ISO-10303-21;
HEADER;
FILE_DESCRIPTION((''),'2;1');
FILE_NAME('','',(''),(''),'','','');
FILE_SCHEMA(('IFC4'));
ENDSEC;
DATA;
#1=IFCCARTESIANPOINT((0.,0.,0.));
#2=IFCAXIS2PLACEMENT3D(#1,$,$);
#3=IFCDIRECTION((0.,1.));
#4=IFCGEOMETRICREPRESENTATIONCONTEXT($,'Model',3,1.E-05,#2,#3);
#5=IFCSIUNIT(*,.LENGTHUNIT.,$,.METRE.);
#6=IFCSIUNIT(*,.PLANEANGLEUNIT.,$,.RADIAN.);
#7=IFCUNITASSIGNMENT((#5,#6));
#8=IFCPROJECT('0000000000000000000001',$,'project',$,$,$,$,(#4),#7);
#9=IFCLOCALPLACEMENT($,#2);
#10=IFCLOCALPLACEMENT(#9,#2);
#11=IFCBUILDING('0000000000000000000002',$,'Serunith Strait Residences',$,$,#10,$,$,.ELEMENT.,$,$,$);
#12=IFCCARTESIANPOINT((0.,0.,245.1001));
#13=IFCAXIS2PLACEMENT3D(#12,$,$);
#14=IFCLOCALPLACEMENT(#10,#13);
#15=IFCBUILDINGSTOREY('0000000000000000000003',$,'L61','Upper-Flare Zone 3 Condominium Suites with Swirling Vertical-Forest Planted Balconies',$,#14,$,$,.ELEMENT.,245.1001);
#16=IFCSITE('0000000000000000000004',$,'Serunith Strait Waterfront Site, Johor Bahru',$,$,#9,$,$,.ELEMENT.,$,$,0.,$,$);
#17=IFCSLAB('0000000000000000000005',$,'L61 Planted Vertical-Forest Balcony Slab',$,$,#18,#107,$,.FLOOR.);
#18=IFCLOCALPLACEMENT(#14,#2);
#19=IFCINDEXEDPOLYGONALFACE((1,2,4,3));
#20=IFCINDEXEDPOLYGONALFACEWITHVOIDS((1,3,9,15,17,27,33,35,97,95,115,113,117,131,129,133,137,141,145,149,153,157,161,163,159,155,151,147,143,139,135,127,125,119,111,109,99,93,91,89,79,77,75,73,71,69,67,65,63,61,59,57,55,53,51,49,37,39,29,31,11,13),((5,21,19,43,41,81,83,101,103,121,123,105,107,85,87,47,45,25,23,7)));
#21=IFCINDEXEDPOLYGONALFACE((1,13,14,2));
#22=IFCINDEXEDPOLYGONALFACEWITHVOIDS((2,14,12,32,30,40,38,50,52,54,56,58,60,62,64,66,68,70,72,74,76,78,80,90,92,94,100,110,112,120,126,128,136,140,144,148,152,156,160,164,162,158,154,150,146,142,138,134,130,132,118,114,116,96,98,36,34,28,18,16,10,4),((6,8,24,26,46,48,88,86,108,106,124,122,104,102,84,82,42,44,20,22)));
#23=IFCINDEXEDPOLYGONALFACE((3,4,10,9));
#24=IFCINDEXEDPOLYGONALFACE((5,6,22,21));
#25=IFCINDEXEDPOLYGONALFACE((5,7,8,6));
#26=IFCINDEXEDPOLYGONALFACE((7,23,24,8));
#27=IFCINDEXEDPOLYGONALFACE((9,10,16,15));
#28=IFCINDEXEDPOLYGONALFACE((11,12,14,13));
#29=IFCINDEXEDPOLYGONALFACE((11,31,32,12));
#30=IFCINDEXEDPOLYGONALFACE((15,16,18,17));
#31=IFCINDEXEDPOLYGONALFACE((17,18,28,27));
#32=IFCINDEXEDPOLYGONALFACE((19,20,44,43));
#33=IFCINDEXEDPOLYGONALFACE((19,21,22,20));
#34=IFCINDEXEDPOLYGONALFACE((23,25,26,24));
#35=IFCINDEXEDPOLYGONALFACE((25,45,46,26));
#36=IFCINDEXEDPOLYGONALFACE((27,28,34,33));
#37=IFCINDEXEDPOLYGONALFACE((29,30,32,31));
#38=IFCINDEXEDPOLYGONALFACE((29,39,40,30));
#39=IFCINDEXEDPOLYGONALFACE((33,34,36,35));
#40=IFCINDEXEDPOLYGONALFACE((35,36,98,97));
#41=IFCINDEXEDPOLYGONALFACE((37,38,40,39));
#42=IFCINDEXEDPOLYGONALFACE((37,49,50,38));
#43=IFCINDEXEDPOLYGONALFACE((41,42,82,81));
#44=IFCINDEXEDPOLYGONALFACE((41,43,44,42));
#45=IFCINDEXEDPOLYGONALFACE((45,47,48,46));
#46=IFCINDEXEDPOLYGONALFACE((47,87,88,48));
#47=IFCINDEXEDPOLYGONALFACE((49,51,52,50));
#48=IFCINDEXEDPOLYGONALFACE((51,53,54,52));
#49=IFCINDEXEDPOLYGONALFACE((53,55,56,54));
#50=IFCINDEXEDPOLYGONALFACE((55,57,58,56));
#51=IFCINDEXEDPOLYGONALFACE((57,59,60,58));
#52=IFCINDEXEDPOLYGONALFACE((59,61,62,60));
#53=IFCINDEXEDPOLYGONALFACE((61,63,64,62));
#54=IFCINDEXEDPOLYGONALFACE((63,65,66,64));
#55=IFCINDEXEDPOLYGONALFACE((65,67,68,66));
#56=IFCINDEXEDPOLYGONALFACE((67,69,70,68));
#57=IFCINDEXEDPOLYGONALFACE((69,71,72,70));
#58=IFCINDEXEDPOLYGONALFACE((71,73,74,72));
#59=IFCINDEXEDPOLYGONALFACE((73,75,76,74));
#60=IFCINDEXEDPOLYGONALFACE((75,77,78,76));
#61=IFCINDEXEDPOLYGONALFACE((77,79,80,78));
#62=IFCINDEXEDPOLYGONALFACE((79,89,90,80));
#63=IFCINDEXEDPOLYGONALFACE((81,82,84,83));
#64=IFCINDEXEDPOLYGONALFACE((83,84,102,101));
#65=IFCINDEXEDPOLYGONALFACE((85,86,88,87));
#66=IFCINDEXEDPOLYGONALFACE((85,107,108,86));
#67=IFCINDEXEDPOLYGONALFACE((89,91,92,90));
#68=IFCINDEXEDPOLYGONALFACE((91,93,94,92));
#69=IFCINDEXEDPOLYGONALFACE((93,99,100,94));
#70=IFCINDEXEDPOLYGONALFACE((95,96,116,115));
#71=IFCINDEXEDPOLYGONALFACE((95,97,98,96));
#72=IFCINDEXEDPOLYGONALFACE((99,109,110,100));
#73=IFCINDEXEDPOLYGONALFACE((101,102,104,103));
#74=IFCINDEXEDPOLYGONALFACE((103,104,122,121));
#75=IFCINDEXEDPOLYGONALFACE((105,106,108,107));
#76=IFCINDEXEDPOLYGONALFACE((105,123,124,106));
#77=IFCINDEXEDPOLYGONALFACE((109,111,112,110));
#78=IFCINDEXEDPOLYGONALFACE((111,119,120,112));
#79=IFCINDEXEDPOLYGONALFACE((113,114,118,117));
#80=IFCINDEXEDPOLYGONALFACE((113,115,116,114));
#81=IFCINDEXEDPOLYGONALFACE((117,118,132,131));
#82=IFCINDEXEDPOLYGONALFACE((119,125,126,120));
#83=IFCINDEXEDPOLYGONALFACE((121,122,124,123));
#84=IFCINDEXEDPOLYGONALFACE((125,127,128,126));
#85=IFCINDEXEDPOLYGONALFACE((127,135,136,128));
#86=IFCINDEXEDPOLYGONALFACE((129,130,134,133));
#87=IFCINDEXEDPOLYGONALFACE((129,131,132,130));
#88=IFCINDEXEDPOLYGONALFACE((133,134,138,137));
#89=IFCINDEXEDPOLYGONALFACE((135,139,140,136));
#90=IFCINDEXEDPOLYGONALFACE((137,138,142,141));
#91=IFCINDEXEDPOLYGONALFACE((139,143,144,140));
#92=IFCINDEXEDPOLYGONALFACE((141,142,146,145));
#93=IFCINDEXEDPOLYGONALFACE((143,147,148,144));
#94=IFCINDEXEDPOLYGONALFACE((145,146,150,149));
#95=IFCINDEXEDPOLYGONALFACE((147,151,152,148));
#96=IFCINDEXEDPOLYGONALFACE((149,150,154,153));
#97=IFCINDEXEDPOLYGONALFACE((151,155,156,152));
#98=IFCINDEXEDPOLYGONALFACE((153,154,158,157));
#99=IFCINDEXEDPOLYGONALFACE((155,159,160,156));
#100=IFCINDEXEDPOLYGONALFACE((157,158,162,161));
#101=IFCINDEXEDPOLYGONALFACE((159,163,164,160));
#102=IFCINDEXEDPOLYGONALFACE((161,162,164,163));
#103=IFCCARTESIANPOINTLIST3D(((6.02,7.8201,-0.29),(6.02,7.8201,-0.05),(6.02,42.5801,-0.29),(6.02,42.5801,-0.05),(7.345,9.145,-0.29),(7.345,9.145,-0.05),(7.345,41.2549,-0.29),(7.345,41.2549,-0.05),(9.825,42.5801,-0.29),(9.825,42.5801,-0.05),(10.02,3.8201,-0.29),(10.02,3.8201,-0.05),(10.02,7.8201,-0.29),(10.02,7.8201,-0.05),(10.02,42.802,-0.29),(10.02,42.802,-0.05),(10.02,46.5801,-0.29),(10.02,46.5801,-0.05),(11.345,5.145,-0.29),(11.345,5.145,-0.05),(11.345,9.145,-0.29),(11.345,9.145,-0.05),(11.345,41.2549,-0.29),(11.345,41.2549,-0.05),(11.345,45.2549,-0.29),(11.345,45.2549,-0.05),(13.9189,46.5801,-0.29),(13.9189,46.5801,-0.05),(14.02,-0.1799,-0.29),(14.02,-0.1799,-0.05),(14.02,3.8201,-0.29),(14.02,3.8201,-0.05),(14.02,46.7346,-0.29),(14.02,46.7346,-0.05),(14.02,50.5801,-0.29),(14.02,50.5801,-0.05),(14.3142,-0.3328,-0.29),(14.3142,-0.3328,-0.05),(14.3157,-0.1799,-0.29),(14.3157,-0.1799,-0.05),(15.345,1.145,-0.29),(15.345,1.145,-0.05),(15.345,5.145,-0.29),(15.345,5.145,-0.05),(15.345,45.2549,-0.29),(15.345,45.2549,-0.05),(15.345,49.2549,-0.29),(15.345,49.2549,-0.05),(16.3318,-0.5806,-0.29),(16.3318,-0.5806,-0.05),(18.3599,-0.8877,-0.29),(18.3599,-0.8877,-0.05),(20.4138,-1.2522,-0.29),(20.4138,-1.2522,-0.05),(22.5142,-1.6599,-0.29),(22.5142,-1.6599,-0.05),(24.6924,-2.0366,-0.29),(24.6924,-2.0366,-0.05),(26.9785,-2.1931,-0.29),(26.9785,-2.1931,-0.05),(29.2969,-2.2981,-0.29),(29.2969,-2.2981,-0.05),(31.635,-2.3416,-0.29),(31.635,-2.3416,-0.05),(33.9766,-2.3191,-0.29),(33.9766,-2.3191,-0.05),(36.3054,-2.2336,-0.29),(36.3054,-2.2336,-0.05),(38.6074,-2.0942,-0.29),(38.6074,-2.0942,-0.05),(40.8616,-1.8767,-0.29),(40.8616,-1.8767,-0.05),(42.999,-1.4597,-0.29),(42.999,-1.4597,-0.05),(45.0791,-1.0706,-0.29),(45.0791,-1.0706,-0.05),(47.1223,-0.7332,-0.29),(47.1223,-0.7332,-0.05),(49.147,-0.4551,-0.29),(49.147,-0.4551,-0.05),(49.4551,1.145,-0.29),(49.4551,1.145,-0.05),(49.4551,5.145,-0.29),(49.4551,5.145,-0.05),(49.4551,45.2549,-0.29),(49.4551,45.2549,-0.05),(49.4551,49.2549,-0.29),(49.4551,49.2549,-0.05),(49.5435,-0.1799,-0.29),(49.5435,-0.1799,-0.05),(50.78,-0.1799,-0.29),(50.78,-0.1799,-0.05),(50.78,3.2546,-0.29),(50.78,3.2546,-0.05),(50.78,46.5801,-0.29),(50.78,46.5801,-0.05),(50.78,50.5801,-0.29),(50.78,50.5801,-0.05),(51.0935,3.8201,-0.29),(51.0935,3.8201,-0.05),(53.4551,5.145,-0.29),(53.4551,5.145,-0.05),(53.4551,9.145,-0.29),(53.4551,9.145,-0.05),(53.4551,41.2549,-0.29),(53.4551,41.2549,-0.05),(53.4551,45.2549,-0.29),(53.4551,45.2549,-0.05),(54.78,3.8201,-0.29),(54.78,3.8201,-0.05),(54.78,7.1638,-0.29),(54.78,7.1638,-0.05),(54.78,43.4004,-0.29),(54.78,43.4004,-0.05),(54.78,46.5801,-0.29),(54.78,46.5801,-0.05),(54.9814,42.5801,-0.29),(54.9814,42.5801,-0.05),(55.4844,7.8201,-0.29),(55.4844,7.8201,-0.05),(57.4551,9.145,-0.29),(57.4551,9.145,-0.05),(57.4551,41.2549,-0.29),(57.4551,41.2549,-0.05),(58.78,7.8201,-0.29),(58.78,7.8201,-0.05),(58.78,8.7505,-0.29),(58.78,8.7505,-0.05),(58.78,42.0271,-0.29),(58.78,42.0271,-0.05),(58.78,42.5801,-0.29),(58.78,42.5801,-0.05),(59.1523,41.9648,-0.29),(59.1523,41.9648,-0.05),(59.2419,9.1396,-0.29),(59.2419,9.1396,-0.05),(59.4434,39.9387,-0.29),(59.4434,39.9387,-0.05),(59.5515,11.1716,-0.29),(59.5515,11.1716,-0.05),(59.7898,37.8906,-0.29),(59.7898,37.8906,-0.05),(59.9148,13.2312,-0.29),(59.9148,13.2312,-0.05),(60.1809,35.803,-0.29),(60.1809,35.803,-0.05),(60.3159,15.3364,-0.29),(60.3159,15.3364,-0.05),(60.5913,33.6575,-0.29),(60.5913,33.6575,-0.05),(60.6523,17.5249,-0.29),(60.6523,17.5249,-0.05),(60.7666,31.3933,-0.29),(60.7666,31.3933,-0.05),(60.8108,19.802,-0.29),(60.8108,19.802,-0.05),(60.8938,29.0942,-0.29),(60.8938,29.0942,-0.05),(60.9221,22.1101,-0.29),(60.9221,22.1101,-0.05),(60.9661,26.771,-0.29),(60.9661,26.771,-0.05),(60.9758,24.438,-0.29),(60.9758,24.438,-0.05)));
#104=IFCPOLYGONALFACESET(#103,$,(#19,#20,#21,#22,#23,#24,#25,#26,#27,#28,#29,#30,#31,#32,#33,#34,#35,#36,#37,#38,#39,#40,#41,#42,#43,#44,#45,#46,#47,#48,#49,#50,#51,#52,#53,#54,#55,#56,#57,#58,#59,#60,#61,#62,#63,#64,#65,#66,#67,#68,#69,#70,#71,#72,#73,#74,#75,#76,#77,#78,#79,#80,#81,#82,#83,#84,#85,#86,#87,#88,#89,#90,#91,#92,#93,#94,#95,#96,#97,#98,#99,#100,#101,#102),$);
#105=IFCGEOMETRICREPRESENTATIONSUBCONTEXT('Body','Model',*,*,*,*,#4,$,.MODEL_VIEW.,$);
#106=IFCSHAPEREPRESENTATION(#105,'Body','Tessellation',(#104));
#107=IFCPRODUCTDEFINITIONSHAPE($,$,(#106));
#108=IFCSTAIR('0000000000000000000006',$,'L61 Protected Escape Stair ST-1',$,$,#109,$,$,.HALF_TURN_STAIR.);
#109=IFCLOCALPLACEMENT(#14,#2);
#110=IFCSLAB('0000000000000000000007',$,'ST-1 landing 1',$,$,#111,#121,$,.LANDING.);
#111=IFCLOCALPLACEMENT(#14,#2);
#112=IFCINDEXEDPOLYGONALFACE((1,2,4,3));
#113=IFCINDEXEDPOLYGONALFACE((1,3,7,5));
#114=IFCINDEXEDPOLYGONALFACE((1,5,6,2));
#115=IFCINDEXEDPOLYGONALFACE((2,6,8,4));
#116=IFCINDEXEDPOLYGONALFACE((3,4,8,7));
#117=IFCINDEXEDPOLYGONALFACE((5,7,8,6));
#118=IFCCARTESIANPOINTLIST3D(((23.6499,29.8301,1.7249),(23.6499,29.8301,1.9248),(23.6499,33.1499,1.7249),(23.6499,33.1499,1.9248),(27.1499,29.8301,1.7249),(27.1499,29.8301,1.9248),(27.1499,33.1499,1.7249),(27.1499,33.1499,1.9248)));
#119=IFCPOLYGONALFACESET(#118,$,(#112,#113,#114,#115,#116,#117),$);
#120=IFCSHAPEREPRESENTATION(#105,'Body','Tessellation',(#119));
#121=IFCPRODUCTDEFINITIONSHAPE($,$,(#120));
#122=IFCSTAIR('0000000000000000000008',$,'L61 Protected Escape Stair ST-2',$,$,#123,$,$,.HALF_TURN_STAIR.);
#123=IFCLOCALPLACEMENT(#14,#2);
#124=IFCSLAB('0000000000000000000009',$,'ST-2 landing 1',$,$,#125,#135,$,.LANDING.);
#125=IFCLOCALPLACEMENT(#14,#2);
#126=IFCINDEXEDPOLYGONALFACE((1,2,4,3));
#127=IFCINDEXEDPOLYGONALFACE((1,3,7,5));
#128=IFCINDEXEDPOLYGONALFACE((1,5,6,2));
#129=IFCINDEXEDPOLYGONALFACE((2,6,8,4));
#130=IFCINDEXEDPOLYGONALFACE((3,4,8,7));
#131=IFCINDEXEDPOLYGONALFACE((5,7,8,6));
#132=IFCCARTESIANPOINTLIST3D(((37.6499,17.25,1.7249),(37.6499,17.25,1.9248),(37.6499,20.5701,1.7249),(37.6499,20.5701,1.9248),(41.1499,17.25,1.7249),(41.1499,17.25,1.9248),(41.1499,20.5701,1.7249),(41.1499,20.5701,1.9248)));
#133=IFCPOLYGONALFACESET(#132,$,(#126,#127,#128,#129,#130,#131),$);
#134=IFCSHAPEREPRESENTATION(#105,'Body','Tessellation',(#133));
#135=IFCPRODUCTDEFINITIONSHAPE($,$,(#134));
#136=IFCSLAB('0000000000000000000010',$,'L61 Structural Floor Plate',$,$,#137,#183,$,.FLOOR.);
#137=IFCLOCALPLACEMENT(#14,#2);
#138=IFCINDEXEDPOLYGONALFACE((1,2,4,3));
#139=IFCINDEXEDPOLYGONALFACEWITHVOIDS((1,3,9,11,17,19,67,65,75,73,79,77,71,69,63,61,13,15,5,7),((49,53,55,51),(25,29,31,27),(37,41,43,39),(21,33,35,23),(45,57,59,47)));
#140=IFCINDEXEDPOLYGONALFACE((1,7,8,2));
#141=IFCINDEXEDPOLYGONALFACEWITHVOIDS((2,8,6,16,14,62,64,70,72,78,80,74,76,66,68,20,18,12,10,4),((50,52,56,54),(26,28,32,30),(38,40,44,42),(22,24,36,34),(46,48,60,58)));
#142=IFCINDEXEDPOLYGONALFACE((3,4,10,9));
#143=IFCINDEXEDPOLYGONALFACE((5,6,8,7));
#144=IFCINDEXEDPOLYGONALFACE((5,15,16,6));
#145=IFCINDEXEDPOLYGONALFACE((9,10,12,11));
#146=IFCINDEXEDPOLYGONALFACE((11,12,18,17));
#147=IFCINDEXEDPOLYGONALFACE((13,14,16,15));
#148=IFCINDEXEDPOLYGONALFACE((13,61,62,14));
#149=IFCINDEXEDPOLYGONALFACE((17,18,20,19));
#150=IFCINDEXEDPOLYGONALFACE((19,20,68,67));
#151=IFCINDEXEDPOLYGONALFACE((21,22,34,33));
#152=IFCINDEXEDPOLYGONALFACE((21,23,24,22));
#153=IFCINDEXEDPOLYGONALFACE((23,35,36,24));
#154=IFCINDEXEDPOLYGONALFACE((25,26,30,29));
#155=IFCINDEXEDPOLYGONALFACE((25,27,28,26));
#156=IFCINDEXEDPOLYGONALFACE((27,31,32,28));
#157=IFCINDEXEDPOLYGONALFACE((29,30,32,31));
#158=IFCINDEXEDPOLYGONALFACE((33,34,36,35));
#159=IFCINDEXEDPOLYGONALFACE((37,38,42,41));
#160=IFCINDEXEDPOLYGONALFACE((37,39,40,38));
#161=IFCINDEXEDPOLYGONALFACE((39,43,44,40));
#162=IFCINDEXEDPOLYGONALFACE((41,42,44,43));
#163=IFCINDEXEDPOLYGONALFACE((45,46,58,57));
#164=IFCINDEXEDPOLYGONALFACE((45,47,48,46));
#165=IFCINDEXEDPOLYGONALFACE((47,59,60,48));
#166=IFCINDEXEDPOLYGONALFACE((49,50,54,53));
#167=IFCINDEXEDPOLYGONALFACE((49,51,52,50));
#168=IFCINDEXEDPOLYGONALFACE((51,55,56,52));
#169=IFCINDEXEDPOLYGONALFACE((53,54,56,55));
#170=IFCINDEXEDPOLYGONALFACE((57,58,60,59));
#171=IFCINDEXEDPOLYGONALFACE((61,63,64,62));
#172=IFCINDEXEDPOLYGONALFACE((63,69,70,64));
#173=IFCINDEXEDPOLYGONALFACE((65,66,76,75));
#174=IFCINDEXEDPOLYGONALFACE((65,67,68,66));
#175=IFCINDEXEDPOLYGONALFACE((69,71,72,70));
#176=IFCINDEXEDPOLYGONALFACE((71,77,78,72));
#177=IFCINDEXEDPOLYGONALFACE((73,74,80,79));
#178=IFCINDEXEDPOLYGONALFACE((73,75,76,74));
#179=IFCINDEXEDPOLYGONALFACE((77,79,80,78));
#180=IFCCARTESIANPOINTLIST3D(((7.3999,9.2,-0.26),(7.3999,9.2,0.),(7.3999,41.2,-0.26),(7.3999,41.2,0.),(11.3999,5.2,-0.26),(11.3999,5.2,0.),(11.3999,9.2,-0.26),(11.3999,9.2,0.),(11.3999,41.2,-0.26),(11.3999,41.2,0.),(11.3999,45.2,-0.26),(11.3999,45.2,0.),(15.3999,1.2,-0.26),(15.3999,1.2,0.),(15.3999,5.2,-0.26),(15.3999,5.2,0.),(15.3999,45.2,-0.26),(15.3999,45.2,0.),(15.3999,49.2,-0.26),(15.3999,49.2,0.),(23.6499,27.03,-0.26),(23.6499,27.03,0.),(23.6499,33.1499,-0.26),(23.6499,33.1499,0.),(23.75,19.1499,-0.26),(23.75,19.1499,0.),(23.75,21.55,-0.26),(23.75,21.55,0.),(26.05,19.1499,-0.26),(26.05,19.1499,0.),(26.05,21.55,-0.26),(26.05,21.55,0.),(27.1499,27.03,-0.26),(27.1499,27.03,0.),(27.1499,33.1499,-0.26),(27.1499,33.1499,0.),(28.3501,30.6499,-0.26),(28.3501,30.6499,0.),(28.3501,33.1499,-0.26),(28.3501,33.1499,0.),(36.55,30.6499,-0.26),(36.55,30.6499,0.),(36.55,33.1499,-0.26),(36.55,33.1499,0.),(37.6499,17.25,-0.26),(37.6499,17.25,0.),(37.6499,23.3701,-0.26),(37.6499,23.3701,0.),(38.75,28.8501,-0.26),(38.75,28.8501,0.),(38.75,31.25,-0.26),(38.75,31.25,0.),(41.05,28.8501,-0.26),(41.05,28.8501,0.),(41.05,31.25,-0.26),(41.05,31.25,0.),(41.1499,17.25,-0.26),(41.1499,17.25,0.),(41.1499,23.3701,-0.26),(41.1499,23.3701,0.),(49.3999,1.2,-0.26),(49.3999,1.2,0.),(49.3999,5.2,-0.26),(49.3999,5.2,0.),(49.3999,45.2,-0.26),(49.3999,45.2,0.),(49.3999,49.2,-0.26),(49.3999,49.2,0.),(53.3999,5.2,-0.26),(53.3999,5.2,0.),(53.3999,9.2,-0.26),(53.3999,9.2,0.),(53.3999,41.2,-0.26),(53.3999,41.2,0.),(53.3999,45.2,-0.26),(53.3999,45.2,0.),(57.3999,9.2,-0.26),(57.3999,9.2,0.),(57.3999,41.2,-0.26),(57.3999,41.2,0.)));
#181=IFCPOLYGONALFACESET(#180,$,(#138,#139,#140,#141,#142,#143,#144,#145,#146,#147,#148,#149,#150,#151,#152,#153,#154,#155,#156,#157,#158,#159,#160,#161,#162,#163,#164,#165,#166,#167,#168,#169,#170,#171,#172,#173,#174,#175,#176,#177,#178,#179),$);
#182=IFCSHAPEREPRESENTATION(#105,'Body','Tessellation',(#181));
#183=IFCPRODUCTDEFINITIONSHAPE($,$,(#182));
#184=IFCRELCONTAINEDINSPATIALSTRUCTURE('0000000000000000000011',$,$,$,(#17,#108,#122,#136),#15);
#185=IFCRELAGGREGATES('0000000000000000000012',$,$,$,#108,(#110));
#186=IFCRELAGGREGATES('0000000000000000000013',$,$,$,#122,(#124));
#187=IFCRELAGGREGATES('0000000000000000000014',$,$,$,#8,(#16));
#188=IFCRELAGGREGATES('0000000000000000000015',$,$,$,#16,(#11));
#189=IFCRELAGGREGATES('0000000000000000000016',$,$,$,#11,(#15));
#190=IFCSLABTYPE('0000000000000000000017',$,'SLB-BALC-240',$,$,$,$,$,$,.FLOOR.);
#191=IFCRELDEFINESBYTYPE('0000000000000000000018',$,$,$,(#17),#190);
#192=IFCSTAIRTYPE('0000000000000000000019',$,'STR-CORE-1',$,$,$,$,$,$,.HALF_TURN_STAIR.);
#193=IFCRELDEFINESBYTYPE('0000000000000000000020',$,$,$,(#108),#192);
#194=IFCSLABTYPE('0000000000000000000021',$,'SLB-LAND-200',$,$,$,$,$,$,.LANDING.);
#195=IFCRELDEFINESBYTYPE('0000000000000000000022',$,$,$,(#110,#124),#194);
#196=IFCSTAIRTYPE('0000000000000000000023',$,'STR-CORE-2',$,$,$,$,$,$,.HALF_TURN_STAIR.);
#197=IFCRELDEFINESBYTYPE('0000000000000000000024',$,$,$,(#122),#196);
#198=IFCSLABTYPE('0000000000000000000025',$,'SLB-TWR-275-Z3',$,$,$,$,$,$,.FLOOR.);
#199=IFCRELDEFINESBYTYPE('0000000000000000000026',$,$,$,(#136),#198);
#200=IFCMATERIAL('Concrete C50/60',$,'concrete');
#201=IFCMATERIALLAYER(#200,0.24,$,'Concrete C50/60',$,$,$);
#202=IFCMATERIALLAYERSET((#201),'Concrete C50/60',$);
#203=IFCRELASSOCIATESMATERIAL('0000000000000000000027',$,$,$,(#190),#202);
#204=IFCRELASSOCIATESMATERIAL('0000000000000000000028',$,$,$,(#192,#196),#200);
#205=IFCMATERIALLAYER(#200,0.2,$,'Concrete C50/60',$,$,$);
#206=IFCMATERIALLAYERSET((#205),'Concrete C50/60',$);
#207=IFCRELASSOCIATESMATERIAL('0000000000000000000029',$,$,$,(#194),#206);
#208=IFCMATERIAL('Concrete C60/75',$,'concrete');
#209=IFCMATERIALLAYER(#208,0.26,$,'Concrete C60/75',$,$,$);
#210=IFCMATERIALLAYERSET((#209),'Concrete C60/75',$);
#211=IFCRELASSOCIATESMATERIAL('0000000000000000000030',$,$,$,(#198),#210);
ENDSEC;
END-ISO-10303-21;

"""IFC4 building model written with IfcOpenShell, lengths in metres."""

from ifc_helpers import new_model, si_unit, direction, frame, origin, place, context, subcontext, project, spatial, polyline, outline, extrude, material, layer, layer_set, type_object, element, aggregate, save


model = new_model("IFC4")

# Units and contexts
model_context = context("Model", 3, precision=1e-05, world=origin(), true_north=direction((0.0, 1.0)))
body_context = subcontext(model_context, "Body", "Model", "MODEL_VIEW")
ifc_project = project(units=[si_unit("LENGTHUNIT", "METRE"), si_unit("PLANEANGLEUNIT", "RADIAN")], contexts=[model_context])

# Site, building, storey
site_placement = place(None, origin())
site = spatial("IfcSite", under=ifc_project, at=site_placement, Name="Serunith Strait Waterfront Site, Johor Bahru", CompositionType="ELEMENT", RefElevation=0.0)
building_placement = place(site_placement, origin())
building = spatial("IfcBuilding", under=site, at=building_placement, Name="Serunith Strait Residences", CompositionType="ELEMENT")
storey_placement = place(building_placement, frame((0.0, 0.0, 245.1001)))
storey = spatial("IfcBuildingStorey", under=building, at=storey_placement, Name="L61", Description="Upper-Flare Zone 3 Condominium Suites with Swirling Vertical-Forest Planted Balconies", CompositionType="ELEMENT", Elevation=245.1001)

# Slab
ifc_material_1 = material(Name="Concrete C50/60", Category="concrete")
ifc_layer_1 = layer(ifc_material_1, 0.24, Name="Concrete C50/60")
ifc_layer_set_1 = layer_set([ifc_layer_1], Name="Concrete C50/60")
slab_type_1 = type_object("IfcSlabType", Name="SLB-BALC-240", PredefinedType="FLOOR", material=ifc_layer_set_1)
slab_1_placement = place(storey_placement, frame((0.0, 0.0, -0.29)))
element("IfcSlab", 1, at=slab_1_placement, inside=storey, type_object=slab_type_1, Name="L61 Planted Vertical-Forest Balcony Slab", PredefinedType="FLOOR", context=body_context, shape_type="SweptSolid", body=[
    extrude(outline(polyline([(14.02, -0.1799), (14.02, 3.8201), (10.02, 3.8201), (10.02, 7.8201), (6.02, 7.8201), (6.02, 42.5801), (9.825, 42.5801), (10.02, 42.802), (10.02, 46.5801), (13.9189, 46.5801), (14.02, 46.7346), (14.02, 50.5801), (50.78, 50.5801), (50.78, 46.5801), (54.78, 46.5801), (54.78, 43.4004), (54.9814, 42.5801), (58.78, 42.5801), (58.78, 42.0271), (59.1523, 41.9648), (59.4434, 39.9387), (59.7898, 37.8906), (60.1809, 35.803), (60.5913, 33.6575), (60.7666, 31.3933), (60.8938, 29.0942), (60.9661, 26.771), (60.9758, 24.438), (60.9221, 22.1101), (60.8108, 19.802), (60.6523, 17.5249), (60.3159, 15.3364), (59.9148, 13.2312), (59.5515, 11.1716), (59.2419, 9.1396), (58.78, 8.7505), (58.78, 7.8201), (55.4844, 7.8201), (54.78, 7.1638), (54.78, 3.8201), (51.0935, 3.8201), (50.78, 3.2546), (50.78, -0.1799), (49.5435, -0.1799), (49.147, -0.4551), (47.1223, -0.7332), (45.0791, -1.0706), (42.999, -1.4597), (40.8616, -1.8767), (38.6074, -2.0942), (36.3054, -2.2336), (33.9766, -2.3191), (31.635, -2.3416), (29.2969, -2.2981), (26.9785, -2.1931), (24.6924, -2.0366), (22.5142, -1.6599), (20.4138, -1.2522), (18.3599, -0.8877), (16.3318, -0.5806), (14.3142, -0.3328), (14.3157, -0.1799), (14.02, -0.1799)]), holes=[polyline([(49.4551, 1.145), (49.4551, 5.145), (53.4551, 5.145), (53.4551, 9.145), (57.4551, 9.145), (57.4551, 41.2549), (53.4551, 41.2549), (53.4551, 45.2549), (49.4551, 45.2549), (49.4551, 49.2549), (15.345, 49.2549), (15.345, 45.2549), (11.345, 45.2549), (11.345, 41.2549), (7.345, 41.2549), (7.345, 9.145), (11.345, 9.145), (11.345, 5.145), (15.345, 5.145), (15.345, 1.145), (49.4551, 1.145)])]), origin(), (0.0, 0.0, 1.0), 0.24),
])

# Stairs, slabs
stair_type_1 = type_object("IfcStairType", Name="STR-CORE-1", PredefinedType="HALF_TURN_STAIR", material=ifc_material_1)
stair_1_placement = place(storey_placement, origin())
stair_1 = element("IfcStair", 2, at=stair_1_placement, inside=storey, type_object=stair_type_1, Name="L61 Protected Escape Stair ST-1", PredefinedType="HALF_TURN_STAIR")
ifc_layer_2 = layer(ifc_material_1, 0.2, Name="Concrete C50/60")
ifc_layer_set_2 = layer_set([ifc_layer_2], Name="Concrete C50/60")
slab_type_2 = type_object("IfcSlabType", Name="SLB-LAND-200", PredefinedType="LANDING", material=ifc_layer_set_2)
slab_2_placement = place(storey_placement, frame((0.0, 0.0, 1.7249)))
slab_2 = element("IfcSlab", 3, at=slab_2_placement, type_object=slab_type_2, Name="ST-1 landing 1", PredefinedType="LANDING", context=body_context, shape_type="SweptSolid", body=[
    extrude(outline(polyline([(27.1499, 29.8301), (27.1499, 33.1499), (23.6499, 33.1499), (23.6499, 29.8301), (27.1499, 29.8301)])), origin(), (0.0, 0.0, 1.0), 0.2),
])
aggregate(stair_1, [slab_2])
stair_type_2 = type_object("IfcStairType", Name="STR-CORE-2", PredefinedType="HALF_TURN_STAIR", material=ifc_material_1)
stair_2_placement = place(storey_placement, origin())
stair_2 = element("IfcStair", 4, at=stair_2_placement, inside=storey, type_object=stair_type_2, Name="L61 Protected Escape Stair ST-2", PredefinedType="HALF_TURN_STAIR")
slab_3_placement = place(storey_placement, frame((0.0, 0.0, 1.7249)))
slab_3 = element("IfcSlab", 5, at=slab_3_placement, type_object=slab_type_2, Name="ST-2 landing 1", PredefinedType="LANDING", context=body_context, shape_type="SweptSolid", body=[
    extrude(outline(polyline([(37.6499, 20.5701), (37.6499, 17.25), (41.1499, 17.25), (41.1499, 20.5701), (37.6499, 20.5701)])), origin(), (0.0, 0.0, 1.0), 0.2),
])
aggregate(stair_2, [slab_3])

# Slab
ifc_material_2 = material(Name="Concrete C60/75", Category="concrete")
ifc_layer_3 = layer(ifc_material_2, 0.26, Name="Concrete C60/75")
ifc_layer_set_3 = layer_set([ifc_layer_3], Name="Concrete C60/75")
slab_type_3 = type_object("IfcSlabType", Name="SLB-TWR-275-Z3", PredefinedType="FLOOR", material=ifc_layer_set_3)
slab_4_placement = place(storey_placement, frame((0.0, 0.0, -0.26)))
element("IfcSlab", 6, at=slab_4_placement, inside=storey, type_object=slab_type_3, Name="L61 Structural Floor Plate", PredefinedType="FLOOR", context=body_context, shape_type="SweptSolid", body=[
    extrude(outline(polyline([(15.3999, 5.2), (11.3999, 5.2), (11.3999, 9.2), (7.3999, 9.2), (7.3999, 41.2), (11.3999, 41.2), (11.3999, 45.2), (15.3999, 45.2), (15.3999, 49.2), (49.3999, 49.2), (49.3999, 45.2), (53.3999, 45.2), (53.3999, 41.2), (57.3999, 41.2), (57.3999, 9.2), (53.3999, 9.2), (53.3999, 5.2), (49.3999, 5.2), (49.3999, 1.2), (15.3999, 1.2), (15.3999, 5.2)]), holes=[polyline([(41.1499, 23.3701), (37.6499, 23.3701), (37.6499, 17.25), (41.1499, 17.25), (41.1499, 23.3701)]), polyline([(38.75, 31.25), (38.75, 28.8501), (41.05, 28.8501), (41.05, 31.25), (38.75, 31.25)]), polyline([(36.55, 33.1499), (28.3501, 33.1499), (28.3501, 30.6499), (36.55, 30.6499), (36.55, 33.1499)]), polyline([(23.6499, 33.1499), (23.6499, 27.03), (27.1499, 27.03), (27.1499, 33.1499), (23.6499, 33.1499)]), polyline([(23.75, 21.55), (23.75, 19.1499), (26.05, 19.1499), (26.05, 21.55), (23.75, 21.55)])]), origin(), (0.0, 0.0, 1.0), 0.26),
])

save(model, "model.ifc")
